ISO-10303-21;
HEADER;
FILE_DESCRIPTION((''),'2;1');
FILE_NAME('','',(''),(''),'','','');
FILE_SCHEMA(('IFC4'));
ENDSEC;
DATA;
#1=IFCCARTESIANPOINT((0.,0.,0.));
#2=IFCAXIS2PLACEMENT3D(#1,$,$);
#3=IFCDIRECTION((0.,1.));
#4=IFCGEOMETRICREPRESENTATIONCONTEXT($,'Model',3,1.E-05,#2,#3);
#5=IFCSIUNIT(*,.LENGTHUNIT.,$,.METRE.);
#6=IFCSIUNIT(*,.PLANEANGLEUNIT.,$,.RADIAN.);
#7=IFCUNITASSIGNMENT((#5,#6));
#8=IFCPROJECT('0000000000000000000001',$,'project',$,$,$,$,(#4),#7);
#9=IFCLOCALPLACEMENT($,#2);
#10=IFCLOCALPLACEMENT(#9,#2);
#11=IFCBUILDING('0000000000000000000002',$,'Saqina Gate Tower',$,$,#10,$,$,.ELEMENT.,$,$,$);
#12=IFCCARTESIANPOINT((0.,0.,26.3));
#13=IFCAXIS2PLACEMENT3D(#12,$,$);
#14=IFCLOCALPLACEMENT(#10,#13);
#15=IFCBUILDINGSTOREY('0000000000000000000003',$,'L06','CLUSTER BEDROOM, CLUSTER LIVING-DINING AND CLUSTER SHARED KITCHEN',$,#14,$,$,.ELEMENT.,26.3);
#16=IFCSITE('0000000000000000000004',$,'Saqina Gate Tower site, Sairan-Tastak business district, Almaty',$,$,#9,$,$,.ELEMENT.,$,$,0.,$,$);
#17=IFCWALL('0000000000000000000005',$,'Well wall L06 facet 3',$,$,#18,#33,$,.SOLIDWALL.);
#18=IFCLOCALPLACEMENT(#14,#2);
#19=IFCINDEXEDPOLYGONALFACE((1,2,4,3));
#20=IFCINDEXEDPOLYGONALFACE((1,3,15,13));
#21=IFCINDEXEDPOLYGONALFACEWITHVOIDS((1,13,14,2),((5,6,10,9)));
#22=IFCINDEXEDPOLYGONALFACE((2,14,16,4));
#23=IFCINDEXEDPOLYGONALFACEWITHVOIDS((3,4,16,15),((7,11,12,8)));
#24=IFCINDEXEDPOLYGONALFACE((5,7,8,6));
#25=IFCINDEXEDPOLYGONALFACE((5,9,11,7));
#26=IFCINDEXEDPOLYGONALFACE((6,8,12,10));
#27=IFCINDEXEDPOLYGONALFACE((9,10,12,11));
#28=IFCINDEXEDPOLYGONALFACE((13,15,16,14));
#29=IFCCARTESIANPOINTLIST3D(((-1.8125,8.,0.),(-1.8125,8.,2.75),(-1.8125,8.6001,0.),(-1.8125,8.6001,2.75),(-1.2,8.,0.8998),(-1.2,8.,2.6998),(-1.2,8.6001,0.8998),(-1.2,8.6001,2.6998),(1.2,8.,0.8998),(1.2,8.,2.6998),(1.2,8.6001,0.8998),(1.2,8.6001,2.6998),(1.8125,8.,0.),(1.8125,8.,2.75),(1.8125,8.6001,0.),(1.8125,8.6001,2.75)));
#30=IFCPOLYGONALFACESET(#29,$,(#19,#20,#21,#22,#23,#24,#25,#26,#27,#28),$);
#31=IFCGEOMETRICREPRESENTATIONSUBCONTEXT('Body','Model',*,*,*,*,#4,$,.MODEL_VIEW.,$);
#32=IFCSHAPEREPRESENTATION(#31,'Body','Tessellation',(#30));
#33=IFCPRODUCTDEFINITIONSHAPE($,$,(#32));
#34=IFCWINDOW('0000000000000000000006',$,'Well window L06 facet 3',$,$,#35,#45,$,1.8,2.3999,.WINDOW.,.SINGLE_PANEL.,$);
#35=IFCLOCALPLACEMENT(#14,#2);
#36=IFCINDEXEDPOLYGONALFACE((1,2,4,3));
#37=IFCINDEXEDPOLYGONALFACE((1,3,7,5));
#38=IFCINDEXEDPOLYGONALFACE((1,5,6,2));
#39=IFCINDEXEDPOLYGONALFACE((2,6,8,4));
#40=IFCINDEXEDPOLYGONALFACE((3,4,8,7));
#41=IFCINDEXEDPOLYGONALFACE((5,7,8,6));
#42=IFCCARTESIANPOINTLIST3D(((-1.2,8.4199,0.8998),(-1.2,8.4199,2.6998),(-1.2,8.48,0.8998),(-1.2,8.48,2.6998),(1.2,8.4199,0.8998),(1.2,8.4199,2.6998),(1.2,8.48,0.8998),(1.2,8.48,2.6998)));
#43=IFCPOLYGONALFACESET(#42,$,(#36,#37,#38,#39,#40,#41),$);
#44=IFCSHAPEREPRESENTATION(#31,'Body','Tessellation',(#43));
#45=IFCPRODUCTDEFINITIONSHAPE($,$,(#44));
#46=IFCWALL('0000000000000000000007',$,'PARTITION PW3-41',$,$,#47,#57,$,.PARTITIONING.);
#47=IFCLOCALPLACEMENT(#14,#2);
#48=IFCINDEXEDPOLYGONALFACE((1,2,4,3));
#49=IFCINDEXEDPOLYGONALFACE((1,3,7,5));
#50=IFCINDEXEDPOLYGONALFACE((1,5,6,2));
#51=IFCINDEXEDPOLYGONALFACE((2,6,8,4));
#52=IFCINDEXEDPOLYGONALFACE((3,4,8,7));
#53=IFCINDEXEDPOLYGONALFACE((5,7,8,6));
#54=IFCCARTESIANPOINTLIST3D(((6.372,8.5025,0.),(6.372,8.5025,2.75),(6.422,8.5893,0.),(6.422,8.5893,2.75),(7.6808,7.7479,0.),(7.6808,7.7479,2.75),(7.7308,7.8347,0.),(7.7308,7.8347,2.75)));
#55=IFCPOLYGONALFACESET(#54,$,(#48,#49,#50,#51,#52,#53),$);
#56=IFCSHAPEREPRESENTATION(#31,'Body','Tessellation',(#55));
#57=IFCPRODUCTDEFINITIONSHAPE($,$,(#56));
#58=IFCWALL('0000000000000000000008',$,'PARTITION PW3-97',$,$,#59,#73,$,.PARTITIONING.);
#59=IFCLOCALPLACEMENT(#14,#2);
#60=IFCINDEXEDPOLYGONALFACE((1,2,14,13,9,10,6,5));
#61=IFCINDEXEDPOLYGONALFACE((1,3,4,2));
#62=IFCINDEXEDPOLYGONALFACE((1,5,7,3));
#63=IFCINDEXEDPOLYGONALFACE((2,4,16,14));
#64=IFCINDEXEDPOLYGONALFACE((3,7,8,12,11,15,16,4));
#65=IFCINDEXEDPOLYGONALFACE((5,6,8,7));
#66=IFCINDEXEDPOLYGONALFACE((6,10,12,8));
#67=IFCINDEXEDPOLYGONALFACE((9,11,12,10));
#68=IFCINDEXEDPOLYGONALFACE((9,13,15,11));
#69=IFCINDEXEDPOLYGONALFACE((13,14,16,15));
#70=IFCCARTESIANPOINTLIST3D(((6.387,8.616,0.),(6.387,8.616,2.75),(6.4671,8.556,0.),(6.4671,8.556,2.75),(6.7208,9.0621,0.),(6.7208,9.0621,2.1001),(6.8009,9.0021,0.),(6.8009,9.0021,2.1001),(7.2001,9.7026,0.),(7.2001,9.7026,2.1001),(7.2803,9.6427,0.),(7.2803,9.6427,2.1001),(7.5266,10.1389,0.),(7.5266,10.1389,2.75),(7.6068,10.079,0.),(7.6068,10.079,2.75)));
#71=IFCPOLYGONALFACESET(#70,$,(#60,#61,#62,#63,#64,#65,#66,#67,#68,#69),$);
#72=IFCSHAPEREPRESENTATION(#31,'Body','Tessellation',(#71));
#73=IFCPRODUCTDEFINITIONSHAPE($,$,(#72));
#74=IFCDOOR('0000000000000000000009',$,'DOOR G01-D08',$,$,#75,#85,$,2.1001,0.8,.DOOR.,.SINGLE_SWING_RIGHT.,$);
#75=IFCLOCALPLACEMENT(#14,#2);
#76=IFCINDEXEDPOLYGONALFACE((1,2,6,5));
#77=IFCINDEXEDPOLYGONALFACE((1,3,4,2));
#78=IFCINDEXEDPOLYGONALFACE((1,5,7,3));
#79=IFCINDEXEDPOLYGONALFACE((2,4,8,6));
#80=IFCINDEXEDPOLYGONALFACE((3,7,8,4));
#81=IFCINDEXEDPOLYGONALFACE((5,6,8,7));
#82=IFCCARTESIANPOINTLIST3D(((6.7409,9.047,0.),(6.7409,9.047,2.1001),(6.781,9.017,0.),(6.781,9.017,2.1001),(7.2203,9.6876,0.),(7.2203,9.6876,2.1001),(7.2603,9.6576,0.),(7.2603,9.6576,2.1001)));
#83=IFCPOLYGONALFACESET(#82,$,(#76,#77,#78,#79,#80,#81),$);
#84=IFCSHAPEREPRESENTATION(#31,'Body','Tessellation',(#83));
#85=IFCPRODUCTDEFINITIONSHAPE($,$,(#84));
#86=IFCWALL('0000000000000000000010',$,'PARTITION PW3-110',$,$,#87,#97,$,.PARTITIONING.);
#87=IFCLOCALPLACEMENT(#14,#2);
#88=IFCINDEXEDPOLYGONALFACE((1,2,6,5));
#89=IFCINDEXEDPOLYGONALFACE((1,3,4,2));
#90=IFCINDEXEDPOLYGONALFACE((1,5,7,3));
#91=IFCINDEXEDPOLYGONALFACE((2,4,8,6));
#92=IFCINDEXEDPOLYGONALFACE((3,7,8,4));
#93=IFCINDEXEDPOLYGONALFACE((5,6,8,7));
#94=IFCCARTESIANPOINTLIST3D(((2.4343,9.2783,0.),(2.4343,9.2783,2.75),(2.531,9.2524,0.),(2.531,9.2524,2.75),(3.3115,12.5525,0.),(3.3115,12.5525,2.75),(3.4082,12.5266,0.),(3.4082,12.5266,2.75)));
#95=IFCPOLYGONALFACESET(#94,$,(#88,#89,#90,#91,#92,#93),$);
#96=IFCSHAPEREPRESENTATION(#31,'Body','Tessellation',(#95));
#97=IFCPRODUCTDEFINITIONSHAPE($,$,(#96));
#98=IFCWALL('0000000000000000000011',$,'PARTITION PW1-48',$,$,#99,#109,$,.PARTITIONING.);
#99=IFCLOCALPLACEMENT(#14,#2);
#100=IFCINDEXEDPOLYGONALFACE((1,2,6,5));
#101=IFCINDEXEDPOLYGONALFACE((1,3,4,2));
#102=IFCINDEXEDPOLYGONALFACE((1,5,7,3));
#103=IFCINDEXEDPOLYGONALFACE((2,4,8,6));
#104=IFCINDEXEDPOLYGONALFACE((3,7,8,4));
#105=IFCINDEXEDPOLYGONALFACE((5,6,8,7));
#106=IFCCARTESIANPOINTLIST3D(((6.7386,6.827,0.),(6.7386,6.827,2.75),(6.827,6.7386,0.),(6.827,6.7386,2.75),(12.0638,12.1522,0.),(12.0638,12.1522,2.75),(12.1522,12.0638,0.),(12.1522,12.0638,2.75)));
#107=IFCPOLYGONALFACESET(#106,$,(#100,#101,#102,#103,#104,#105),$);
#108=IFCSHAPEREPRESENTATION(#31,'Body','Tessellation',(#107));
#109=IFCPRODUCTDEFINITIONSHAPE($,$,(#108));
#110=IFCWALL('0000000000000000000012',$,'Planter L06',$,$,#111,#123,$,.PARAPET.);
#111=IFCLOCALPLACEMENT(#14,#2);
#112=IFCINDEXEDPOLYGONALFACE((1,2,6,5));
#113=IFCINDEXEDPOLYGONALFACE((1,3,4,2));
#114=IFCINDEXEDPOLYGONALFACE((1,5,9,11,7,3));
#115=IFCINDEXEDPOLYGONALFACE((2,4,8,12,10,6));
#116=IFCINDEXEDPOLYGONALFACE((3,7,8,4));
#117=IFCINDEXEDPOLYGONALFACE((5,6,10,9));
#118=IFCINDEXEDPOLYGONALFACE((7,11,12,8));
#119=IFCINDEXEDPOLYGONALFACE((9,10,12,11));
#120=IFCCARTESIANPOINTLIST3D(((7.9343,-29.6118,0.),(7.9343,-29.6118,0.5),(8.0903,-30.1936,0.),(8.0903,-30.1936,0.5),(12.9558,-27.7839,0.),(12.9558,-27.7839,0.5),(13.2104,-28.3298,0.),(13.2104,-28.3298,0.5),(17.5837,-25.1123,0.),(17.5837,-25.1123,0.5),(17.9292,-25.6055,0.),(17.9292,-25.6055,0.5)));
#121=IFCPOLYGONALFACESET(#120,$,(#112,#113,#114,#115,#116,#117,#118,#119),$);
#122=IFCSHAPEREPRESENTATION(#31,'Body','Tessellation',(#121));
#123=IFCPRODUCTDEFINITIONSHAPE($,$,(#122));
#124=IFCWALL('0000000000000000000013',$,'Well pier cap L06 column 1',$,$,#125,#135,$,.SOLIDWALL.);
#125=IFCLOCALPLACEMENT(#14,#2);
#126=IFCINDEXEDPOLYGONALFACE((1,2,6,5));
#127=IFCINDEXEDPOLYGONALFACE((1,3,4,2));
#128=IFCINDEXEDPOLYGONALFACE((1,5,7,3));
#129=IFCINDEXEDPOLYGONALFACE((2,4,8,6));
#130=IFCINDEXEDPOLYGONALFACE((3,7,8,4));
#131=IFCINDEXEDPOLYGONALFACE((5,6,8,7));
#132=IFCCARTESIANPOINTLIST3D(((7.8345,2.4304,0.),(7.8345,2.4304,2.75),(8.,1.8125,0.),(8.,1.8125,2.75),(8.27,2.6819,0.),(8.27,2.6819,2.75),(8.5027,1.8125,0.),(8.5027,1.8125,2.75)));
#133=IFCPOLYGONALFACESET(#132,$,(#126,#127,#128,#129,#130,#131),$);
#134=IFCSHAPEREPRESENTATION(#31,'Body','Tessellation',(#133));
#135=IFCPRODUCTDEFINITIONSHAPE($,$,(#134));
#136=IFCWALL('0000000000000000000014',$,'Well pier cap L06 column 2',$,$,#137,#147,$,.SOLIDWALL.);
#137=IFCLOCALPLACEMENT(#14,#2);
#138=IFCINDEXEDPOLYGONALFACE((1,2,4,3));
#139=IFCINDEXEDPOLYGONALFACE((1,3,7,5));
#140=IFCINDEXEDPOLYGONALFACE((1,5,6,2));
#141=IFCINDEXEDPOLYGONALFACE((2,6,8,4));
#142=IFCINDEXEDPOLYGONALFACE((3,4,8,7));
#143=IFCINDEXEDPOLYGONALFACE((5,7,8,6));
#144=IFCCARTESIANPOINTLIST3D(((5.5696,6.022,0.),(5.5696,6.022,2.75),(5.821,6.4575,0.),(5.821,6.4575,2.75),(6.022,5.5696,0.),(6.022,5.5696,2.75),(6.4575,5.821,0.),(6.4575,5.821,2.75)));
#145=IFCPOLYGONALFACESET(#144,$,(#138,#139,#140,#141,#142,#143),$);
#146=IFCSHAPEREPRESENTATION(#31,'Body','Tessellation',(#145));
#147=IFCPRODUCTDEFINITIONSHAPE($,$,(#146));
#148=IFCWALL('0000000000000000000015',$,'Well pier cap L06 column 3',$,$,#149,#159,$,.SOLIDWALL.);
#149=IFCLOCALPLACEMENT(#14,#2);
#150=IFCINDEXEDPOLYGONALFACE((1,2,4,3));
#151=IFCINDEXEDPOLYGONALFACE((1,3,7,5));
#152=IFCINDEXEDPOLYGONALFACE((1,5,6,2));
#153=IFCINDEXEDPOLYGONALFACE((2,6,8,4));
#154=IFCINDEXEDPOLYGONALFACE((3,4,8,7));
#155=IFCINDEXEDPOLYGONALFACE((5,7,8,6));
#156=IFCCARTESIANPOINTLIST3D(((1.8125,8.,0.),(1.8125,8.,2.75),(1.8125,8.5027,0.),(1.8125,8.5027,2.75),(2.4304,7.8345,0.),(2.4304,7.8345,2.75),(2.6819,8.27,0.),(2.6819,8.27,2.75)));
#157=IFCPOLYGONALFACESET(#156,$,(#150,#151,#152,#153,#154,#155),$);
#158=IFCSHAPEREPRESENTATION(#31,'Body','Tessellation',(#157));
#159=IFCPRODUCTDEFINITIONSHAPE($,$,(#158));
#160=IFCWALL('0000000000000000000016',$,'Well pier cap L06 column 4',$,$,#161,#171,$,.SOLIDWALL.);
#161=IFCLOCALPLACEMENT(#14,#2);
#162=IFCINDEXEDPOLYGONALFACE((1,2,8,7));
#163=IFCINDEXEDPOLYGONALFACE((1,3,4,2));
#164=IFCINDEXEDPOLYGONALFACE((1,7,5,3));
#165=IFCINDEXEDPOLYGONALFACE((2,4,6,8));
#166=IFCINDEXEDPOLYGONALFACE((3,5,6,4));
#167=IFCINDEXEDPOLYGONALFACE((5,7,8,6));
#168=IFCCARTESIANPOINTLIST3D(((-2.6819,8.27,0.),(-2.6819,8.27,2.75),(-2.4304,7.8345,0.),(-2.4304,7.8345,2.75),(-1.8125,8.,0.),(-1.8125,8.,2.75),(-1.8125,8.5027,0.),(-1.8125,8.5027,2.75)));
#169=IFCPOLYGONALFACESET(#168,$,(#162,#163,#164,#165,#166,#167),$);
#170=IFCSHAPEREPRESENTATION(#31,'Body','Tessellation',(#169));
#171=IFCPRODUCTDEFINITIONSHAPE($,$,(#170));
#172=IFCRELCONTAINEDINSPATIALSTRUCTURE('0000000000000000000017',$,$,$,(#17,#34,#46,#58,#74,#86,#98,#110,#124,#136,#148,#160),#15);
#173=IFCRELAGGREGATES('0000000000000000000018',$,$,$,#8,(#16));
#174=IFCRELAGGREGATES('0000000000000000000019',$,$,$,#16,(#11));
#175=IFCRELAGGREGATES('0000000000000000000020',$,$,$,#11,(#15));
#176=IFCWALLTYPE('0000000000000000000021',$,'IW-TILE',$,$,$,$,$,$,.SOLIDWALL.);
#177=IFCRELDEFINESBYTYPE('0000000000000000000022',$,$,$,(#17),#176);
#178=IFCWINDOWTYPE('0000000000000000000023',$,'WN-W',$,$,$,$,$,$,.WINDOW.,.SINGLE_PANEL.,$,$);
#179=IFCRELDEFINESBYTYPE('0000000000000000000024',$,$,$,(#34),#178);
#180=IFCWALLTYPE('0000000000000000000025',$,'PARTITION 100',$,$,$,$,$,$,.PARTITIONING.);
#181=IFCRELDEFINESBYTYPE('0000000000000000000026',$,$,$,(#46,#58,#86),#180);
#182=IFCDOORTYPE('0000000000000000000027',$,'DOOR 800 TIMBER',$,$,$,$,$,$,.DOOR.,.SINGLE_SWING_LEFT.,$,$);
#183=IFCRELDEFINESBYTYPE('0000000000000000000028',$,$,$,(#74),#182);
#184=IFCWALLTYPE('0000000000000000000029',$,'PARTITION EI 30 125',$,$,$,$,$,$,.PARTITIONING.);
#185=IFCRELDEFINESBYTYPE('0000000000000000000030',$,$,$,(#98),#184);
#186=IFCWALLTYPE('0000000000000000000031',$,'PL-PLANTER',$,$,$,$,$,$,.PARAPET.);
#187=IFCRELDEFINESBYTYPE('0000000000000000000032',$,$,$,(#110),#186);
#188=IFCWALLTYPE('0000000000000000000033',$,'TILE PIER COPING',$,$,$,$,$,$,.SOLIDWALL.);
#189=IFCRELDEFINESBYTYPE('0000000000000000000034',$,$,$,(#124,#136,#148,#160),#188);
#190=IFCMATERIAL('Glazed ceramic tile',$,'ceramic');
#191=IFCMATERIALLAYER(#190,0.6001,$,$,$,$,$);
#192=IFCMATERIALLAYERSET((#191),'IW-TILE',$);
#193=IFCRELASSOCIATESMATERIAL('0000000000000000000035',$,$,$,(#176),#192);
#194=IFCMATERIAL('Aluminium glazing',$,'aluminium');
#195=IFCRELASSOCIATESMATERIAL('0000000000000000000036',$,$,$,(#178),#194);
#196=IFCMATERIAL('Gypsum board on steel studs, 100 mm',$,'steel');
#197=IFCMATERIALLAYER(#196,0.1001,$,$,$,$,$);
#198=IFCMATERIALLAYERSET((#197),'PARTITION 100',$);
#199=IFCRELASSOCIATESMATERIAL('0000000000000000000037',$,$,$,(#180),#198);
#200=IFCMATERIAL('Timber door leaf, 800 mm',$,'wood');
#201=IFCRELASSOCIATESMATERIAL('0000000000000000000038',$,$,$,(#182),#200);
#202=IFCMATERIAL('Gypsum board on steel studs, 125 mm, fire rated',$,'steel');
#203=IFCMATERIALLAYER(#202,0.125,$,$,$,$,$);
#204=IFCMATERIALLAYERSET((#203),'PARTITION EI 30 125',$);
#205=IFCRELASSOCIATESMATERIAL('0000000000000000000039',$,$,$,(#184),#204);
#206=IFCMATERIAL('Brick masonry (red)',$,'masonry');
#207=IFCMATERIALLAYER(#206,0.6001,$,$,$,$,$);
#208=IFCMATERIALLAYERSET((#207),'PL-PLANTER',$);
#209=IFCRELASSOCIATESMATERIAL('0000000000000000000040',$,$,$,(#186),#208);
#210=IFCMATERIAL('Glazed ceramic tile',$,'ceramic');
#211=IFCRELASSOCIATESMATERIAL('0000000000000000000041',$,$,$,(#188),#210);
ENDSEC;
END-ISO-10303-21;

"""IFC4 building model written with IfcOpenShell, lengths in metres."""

from ifc_helpers import new_model, si_unit, direction, frame, frame_2d, origin, place, context, subcontext, project, spatial, polyline, rectangle, outline, extrude, material, layer, layer_set, type_object, element, fill, save


model = new_model("IFC4")

# Units and contexts
model_context = context("Model", 3, precision=1e-05, world=origin(), true_north=direction((0.0, 1.0)))
body_context = subcontext(model_context, "Body", "Model", "MODEL_VIEW")
ifc_project = project(units=[si_unit("LENGTHUNIT", "METRE"), si_unit("PLANEANGLEUNIT", "RADIAN")], contexts=[model_context])

# Site, building, storey
site_placement = place(None, origin())
site = spatial("IfcSite", under=ifc_project, at=site_placement, Name="Saqina Gate Tower site, Sairan-Tastak business district, Almaty", CompositionType="ELEMENT", RefElevation=0.0)
building_placement = place(site_placement, origin())
building = spatial("IfcBuilding", under=site, at=building_placement, Name="Saqina Gate Tower", CompositionType="ELEMENT")
storey_placement = place(building_placement, frame((0.0, 0.0, 26.3)))
storey = spatial("IfcBuildingStorey", under=building, at=storey_placement, Name="L06", Description="CLUSTER BEDROOM, CLUSTER LIVING-DINING AND CLUSTER SHARED KITCHEN", CompositionType="ELEMENT", Elevation=26.3)

# Wall, opening, window
ifc_material_1 = material(Name="Glazed ceramic tile", Category="ceramic")
ifc_layer_1 = layer(ifc_material_1, 0.6001)
ifc_layer_set_1 = layer_set([ifc_layer_1], Name="IW-TILE")
wall_type_1 = type_object("IfcWallType", Name="IW-TILE", PredefinedType="SOLIDWALL", material=ifc_layer_set_1)
ifc_material_2 = material(Name="Aluminium glazing", Category="aluminium")
window_type = type_object("IfcWindowType", Name="WN-W", PartitioningType="SINGLE_PANEL", PredefinedType="WINDOW", material=ifc_material_2)
wall_1_placement = place(storey_placement, frame((1.8125, 8.3, 0.0), z_axis=(0.0, 0.0, 1.0), x_axis=(-1.0, 0.0, 0.0)))
wall_1 = element("IfcWall", 1, at=wall_1_placement, inside=storey, type_object=wall_type_1, Name="Well wall L06 facet 3", PredefinedType="SOLIDWALL", context=body_context, shape_type="SweptSolid", body=[
    extrude(rectangle(XDim=3.625, YDim=0.6001, at=frame_2d((1.8125, 0.0))), origin(), (0.0, 0.0, 1.0), 2.75),
])
opening_1_placement = place(wall_1_placement, frame((0.6125, 0.0, 0.8999)))
opening_1 = element("IfcOpeningElement", 2, at=opening_1_placement, cuts=wall_1, PredefinedType="OPENING", context=body_context, shape_type="SweptSolid", body=[
    extrude(rectangle(XDim=2.3999, YDim=1.8, at=frame_2d((1.2, 0.8999))), frame((0.0, 0.312, 0.0), z_axis=(0.0, -1.0, 0.0), x_axis=(1.0, 0.0, 0.0)), (0.0, 0.0, 1.0), 0.624),
])
window_1_placement = place(opening_1_placement, origin())
window_1 = element("IfcWindow", 3, at=window_1_placement, inside=storey, type_object=window_type, Name="Well window L06 facet 3", OverallHeight=1.8, OverallWidth=2.3999, PartitioningType="SINGLE_PANEL", PredefinedType="WINDOW", context=body_context, shape_type="SweptSolid", body=[
    extrude(rectangle(XDim=2.3999, YDim=1.8, at=frame_2d((1.2, 0.8999))), frame((0.0, -0.1199, 0.0), z_axis=(0.0, -1.0, 0.0), x_axis=(1.0, 0.0, 0.0)), (0.0, 0.0, 1.0), 0.0601),
])
fill(opening_1, window_1)

# Wall
ifc_material_3 = material(Name="Gypsum board on steel studs, 100 mm", Category="steel")
ifc_layer_2 = layer(ifc_material_3, 0.1001)
ifc_layer_set_2 = layer_set([ifc_layer_2], Name="PARTITION 100")
wall_type_2 = type_object("IfcWallType", Name="PARTITION 100", PredefinedType="PARTITIONING", material=ifc_layer_set_2)
wall_2_placement = place(storey_placement, frame((6.397, 8.5459, 0.0), z_axis=(0.0, 0.0, 1.0), x_axis=(0.866317, -0.499494, 0.0)))
element("IfcWall", 4, at=wall_2_placement, inside=storey, type_object=wall_type_2, Name="PARTITION PW3-41", PredefinedType="PARTITIONING", context=body_context, shape_type="SweptSolid", body=[
    extrude(rectangle(XDim=1.5107, YDim=0.1001, at=frame_2d((0.7554, 0.0))), origin(), (0.0, 0.0, 1.0), 2.75),
])

# Wall, opening, door
wall_3_placement = place(storey_placement, frame((6.427, 8.5859, 0.0), z_axis=(0.0, 0.0, 1.0), x_axis=(0.599137, 0.800646, 0.0)))
wall_3 = element("IfcWall", 5, at=wall_3_placement, inside=storey, type_object=wall_type_2, Name="PARTITION PW3-97", PredefinedType="PARTITIONING", context=body_context, shape_type="SweptSolid", body=[
    extrude(rectangle(XDim=1.9021, YDim=0.1001, at=frame_2d((0.9512, 0.0))), origin(), (0.0, 0.0, 1.0), 2.75),
])
opening_2_placement = place(wall_3_placement, frame((0.5574, 0.0, 0.0)))
opening_2 = element("IfcOpeningElement", 6, at=opening_2_placement, cuts=wall_3, PredefinedType="OPENING", context=body_context, shape_type="SweptSolid", body=[
    extrude(rectangle(XDim=0.8, YDim=2.1001, at=frame_2d((0.3999, 1.05))), frame((0.0, 0.062, 0.0), z_axis=(0.0, -1.0, 0.0), x_axis=(1.0, 0.0, 0.0)), (0.0, 0.0, 1.0), 0.124),
])
ifc_material_4 = material(Name="Timber door leaf, 800 mm", Category="wood")
door_type = type_object("IfcDoorType", Name="DOOR 800 TIMBER", OperationType="SINGLE_SWING_LEFT", PredefinedType="DOOR", material=ifc_material_4)
door_placement = place(opening_2_placement, origin())
door = element("IfcDoor", 7, at=door_placement, inside=storey, type_object=door_type, Name="DOOR G01-D08", OperationType="SINGLE_SWING_RIGHT", OverallHeight=2.1001, OverallWidth=0.8, PredefinedType="DOOR", context=body_context, shape_type="SweptSolid", body=[
    extrude(rectangle(XDim=0.8, YDim=2.1001, at=frame_2d((0.3999, 1.05))), frame((0.0, 0.0249, 0.0), z_axis=(0.0, -1.0, 0.0), x_axis=(1.0, 0.0, 0.0)), (0.0, 0.0, 1.0), 0.05),
])
fill(opening_2, door)

# Walls
wall_4_placement = place(storey_placement, frame((2.4827, 9.2654, 0.0), z_axis=(0.0, 0.0, 1.0), x_axis=(0.258788, 0.965934, 0.0)))
element("IfcWall", 8, at=wall_4_placement, inside=storey, type_object=wall_type_2, Name="PARTITION PW3-110", PredefinedType="PARTITIONING", context=body_context, shape_type="SweptSolid", body=[
    extrude(rectangle(XDim=3.3896, YDim=0.1001, at=frame_2d((1.6948, 0.0))), origin(), (0.0, 0.0, 1.0), 2.75),
])
ifc_material_5 = material(Name="Gypsum board on steel studs, 125 mm, fire rated", Category="steel")
ifc_layer_3 = layer(ifc_material_5, 0.125)
ifc_layer_set_3 = layer_set([ifc_layer_3], Name="PARTITION EI 30 125")
wall_type_3 = type_object("IfcWallType", Name="PARTITION EI 30 125", PredefinedType="PARTITIONING", material=ifc_layer_set_3)
wall_5_placement = place(storey_placement, frame((6.7827, 6.7827, 0.0), z_axis=(0.0, 0.0, 1.0), x_axis=(0.707107, 0.707107, 0.0)))
element("IfcWall", 9, at=wall_5_placement, inside=storey, type_object=wall_type_3, Name="PARTITION PW1-48", PredefinedType="PARTITIONING", context=body_context, shape_type="SweptSolid", body=[
    extrude(rectangle(XDim=7.531, YDim=0.125, at=frame_2d((3.7656, 0.0))), origin(), (0.0, 0.0, 1.0), 2.75),
])
ifc_material_6 = material(Name="Brick masonry (red)", Category="masonry")
ifc_layer_4 = layer(ifc_material_6, 0.6001)
ifc_layer_set_4 = layer_set([ifc_layer_4], Name="PL-PLANTER")
wall_type_4 = type_object("IfcWallType", Name="PL-PLANTER", PredefinedType="PARAPET", material=ifc_layer_set_4)
wall_6_placement = place(storey_placement, origin())
element("IfcWall", 10, at=wall_6_placement, inside=storey, type_object=wall_type_4, Name="Planter L06", PredefinedType="PARAPET", context=body_context, shape_type="SweptSolid", body=[
    extrude(outline(polyline([(8.0903, -30.1936), (13.2104, -28.3298), (17.9292, -25.6055), (17.5837, -25.1123), (12.9558, -27.7839), (7.9343, -29.6118), (8.0903, -30.1936)])), origin(), (0.0, 0.0, 1.0), 0.5),
])
ifc_material_7 = material(Name="Glazed ceramic tile", Category="ceramic")
wall_type_5 = type_object("IfcWallType", Name="TILE PIER COPING", PredefinedType="SOLIDWALL", material=ifc_material_7)
wall_7_placement = place(storey_placement, origin())
element("IfcWall", 11, at=wall_7_placement, inside=storey, type_object=wall_type_5, Name="Well pier cap L06 column 1", PredefinedType="SOLIDWALL", context=body_context, shape_type="SweptSolid", body=[
    extrude(outline(polyline([(8.27, 2.6819), (7.8345, 2.4304), (8.0, 1.8125), (8.5027, 1.8125), (8.27, 2.6819)])), origin(), (0.0, 0.0, 1.0), 2.75),
])
wall_8_placement = place(storey_placement, origin())
element("IfcWall", 12, at=wall_8_placement, inside=storey, type_object=wall_type_5, Name="Well pier cap L06 column 2", PredefinedType="SOLIDWALL", context=body_context, shape_type="SweptSolid", body=[
    extrude(outline(polyline([(5.821, 6.4575), (5.5696, 6.022), (6.022, 5.5696), (6.4575, 5.821), (5.821, 6.4575)])), origin(), (0.0, 0.0, 1.0), 2.75),
])
wall_9_placement = place(storey_placement, origin())
element("IfcWall", 13, at=wall_9_placement, inside=storey, type_object=wall_type_5, Name="Well pier cap L06 column 3", PredefinedType="SOLIDWALL", context=body_context, shape_type="SweptSolid", body=[
    extrude(outline(polyline([(1.8125, 8.5027), (1.8125, 8.0), (2.4304, 7.8345), (2.6819, 8.27), (1.8125, 8.5027)])), origin(), (0.0, 0.0, 1.0), 2.75),
])
wall_10_placement = place(storey_placement, origin())
element("IfcWall", 14, at=wall_10_placement, inside=storey, type_object=wall_type_5, Name="Well pier cap L06 column 4", PredefinedType="SOLIDWALL", context=body_context, shape_type="SweptSolid", body=[
    extrude(outline(polyline([(-2.6819, 8.27), (-2.4304, 7.8345), (-1.8125, 8.0), (-1.8125, 8.5027), (-2.6819, 8.27)])), origin(), (0.0, 0.0, 1.0), 2.75),
])

save(model, "model.ifc")
